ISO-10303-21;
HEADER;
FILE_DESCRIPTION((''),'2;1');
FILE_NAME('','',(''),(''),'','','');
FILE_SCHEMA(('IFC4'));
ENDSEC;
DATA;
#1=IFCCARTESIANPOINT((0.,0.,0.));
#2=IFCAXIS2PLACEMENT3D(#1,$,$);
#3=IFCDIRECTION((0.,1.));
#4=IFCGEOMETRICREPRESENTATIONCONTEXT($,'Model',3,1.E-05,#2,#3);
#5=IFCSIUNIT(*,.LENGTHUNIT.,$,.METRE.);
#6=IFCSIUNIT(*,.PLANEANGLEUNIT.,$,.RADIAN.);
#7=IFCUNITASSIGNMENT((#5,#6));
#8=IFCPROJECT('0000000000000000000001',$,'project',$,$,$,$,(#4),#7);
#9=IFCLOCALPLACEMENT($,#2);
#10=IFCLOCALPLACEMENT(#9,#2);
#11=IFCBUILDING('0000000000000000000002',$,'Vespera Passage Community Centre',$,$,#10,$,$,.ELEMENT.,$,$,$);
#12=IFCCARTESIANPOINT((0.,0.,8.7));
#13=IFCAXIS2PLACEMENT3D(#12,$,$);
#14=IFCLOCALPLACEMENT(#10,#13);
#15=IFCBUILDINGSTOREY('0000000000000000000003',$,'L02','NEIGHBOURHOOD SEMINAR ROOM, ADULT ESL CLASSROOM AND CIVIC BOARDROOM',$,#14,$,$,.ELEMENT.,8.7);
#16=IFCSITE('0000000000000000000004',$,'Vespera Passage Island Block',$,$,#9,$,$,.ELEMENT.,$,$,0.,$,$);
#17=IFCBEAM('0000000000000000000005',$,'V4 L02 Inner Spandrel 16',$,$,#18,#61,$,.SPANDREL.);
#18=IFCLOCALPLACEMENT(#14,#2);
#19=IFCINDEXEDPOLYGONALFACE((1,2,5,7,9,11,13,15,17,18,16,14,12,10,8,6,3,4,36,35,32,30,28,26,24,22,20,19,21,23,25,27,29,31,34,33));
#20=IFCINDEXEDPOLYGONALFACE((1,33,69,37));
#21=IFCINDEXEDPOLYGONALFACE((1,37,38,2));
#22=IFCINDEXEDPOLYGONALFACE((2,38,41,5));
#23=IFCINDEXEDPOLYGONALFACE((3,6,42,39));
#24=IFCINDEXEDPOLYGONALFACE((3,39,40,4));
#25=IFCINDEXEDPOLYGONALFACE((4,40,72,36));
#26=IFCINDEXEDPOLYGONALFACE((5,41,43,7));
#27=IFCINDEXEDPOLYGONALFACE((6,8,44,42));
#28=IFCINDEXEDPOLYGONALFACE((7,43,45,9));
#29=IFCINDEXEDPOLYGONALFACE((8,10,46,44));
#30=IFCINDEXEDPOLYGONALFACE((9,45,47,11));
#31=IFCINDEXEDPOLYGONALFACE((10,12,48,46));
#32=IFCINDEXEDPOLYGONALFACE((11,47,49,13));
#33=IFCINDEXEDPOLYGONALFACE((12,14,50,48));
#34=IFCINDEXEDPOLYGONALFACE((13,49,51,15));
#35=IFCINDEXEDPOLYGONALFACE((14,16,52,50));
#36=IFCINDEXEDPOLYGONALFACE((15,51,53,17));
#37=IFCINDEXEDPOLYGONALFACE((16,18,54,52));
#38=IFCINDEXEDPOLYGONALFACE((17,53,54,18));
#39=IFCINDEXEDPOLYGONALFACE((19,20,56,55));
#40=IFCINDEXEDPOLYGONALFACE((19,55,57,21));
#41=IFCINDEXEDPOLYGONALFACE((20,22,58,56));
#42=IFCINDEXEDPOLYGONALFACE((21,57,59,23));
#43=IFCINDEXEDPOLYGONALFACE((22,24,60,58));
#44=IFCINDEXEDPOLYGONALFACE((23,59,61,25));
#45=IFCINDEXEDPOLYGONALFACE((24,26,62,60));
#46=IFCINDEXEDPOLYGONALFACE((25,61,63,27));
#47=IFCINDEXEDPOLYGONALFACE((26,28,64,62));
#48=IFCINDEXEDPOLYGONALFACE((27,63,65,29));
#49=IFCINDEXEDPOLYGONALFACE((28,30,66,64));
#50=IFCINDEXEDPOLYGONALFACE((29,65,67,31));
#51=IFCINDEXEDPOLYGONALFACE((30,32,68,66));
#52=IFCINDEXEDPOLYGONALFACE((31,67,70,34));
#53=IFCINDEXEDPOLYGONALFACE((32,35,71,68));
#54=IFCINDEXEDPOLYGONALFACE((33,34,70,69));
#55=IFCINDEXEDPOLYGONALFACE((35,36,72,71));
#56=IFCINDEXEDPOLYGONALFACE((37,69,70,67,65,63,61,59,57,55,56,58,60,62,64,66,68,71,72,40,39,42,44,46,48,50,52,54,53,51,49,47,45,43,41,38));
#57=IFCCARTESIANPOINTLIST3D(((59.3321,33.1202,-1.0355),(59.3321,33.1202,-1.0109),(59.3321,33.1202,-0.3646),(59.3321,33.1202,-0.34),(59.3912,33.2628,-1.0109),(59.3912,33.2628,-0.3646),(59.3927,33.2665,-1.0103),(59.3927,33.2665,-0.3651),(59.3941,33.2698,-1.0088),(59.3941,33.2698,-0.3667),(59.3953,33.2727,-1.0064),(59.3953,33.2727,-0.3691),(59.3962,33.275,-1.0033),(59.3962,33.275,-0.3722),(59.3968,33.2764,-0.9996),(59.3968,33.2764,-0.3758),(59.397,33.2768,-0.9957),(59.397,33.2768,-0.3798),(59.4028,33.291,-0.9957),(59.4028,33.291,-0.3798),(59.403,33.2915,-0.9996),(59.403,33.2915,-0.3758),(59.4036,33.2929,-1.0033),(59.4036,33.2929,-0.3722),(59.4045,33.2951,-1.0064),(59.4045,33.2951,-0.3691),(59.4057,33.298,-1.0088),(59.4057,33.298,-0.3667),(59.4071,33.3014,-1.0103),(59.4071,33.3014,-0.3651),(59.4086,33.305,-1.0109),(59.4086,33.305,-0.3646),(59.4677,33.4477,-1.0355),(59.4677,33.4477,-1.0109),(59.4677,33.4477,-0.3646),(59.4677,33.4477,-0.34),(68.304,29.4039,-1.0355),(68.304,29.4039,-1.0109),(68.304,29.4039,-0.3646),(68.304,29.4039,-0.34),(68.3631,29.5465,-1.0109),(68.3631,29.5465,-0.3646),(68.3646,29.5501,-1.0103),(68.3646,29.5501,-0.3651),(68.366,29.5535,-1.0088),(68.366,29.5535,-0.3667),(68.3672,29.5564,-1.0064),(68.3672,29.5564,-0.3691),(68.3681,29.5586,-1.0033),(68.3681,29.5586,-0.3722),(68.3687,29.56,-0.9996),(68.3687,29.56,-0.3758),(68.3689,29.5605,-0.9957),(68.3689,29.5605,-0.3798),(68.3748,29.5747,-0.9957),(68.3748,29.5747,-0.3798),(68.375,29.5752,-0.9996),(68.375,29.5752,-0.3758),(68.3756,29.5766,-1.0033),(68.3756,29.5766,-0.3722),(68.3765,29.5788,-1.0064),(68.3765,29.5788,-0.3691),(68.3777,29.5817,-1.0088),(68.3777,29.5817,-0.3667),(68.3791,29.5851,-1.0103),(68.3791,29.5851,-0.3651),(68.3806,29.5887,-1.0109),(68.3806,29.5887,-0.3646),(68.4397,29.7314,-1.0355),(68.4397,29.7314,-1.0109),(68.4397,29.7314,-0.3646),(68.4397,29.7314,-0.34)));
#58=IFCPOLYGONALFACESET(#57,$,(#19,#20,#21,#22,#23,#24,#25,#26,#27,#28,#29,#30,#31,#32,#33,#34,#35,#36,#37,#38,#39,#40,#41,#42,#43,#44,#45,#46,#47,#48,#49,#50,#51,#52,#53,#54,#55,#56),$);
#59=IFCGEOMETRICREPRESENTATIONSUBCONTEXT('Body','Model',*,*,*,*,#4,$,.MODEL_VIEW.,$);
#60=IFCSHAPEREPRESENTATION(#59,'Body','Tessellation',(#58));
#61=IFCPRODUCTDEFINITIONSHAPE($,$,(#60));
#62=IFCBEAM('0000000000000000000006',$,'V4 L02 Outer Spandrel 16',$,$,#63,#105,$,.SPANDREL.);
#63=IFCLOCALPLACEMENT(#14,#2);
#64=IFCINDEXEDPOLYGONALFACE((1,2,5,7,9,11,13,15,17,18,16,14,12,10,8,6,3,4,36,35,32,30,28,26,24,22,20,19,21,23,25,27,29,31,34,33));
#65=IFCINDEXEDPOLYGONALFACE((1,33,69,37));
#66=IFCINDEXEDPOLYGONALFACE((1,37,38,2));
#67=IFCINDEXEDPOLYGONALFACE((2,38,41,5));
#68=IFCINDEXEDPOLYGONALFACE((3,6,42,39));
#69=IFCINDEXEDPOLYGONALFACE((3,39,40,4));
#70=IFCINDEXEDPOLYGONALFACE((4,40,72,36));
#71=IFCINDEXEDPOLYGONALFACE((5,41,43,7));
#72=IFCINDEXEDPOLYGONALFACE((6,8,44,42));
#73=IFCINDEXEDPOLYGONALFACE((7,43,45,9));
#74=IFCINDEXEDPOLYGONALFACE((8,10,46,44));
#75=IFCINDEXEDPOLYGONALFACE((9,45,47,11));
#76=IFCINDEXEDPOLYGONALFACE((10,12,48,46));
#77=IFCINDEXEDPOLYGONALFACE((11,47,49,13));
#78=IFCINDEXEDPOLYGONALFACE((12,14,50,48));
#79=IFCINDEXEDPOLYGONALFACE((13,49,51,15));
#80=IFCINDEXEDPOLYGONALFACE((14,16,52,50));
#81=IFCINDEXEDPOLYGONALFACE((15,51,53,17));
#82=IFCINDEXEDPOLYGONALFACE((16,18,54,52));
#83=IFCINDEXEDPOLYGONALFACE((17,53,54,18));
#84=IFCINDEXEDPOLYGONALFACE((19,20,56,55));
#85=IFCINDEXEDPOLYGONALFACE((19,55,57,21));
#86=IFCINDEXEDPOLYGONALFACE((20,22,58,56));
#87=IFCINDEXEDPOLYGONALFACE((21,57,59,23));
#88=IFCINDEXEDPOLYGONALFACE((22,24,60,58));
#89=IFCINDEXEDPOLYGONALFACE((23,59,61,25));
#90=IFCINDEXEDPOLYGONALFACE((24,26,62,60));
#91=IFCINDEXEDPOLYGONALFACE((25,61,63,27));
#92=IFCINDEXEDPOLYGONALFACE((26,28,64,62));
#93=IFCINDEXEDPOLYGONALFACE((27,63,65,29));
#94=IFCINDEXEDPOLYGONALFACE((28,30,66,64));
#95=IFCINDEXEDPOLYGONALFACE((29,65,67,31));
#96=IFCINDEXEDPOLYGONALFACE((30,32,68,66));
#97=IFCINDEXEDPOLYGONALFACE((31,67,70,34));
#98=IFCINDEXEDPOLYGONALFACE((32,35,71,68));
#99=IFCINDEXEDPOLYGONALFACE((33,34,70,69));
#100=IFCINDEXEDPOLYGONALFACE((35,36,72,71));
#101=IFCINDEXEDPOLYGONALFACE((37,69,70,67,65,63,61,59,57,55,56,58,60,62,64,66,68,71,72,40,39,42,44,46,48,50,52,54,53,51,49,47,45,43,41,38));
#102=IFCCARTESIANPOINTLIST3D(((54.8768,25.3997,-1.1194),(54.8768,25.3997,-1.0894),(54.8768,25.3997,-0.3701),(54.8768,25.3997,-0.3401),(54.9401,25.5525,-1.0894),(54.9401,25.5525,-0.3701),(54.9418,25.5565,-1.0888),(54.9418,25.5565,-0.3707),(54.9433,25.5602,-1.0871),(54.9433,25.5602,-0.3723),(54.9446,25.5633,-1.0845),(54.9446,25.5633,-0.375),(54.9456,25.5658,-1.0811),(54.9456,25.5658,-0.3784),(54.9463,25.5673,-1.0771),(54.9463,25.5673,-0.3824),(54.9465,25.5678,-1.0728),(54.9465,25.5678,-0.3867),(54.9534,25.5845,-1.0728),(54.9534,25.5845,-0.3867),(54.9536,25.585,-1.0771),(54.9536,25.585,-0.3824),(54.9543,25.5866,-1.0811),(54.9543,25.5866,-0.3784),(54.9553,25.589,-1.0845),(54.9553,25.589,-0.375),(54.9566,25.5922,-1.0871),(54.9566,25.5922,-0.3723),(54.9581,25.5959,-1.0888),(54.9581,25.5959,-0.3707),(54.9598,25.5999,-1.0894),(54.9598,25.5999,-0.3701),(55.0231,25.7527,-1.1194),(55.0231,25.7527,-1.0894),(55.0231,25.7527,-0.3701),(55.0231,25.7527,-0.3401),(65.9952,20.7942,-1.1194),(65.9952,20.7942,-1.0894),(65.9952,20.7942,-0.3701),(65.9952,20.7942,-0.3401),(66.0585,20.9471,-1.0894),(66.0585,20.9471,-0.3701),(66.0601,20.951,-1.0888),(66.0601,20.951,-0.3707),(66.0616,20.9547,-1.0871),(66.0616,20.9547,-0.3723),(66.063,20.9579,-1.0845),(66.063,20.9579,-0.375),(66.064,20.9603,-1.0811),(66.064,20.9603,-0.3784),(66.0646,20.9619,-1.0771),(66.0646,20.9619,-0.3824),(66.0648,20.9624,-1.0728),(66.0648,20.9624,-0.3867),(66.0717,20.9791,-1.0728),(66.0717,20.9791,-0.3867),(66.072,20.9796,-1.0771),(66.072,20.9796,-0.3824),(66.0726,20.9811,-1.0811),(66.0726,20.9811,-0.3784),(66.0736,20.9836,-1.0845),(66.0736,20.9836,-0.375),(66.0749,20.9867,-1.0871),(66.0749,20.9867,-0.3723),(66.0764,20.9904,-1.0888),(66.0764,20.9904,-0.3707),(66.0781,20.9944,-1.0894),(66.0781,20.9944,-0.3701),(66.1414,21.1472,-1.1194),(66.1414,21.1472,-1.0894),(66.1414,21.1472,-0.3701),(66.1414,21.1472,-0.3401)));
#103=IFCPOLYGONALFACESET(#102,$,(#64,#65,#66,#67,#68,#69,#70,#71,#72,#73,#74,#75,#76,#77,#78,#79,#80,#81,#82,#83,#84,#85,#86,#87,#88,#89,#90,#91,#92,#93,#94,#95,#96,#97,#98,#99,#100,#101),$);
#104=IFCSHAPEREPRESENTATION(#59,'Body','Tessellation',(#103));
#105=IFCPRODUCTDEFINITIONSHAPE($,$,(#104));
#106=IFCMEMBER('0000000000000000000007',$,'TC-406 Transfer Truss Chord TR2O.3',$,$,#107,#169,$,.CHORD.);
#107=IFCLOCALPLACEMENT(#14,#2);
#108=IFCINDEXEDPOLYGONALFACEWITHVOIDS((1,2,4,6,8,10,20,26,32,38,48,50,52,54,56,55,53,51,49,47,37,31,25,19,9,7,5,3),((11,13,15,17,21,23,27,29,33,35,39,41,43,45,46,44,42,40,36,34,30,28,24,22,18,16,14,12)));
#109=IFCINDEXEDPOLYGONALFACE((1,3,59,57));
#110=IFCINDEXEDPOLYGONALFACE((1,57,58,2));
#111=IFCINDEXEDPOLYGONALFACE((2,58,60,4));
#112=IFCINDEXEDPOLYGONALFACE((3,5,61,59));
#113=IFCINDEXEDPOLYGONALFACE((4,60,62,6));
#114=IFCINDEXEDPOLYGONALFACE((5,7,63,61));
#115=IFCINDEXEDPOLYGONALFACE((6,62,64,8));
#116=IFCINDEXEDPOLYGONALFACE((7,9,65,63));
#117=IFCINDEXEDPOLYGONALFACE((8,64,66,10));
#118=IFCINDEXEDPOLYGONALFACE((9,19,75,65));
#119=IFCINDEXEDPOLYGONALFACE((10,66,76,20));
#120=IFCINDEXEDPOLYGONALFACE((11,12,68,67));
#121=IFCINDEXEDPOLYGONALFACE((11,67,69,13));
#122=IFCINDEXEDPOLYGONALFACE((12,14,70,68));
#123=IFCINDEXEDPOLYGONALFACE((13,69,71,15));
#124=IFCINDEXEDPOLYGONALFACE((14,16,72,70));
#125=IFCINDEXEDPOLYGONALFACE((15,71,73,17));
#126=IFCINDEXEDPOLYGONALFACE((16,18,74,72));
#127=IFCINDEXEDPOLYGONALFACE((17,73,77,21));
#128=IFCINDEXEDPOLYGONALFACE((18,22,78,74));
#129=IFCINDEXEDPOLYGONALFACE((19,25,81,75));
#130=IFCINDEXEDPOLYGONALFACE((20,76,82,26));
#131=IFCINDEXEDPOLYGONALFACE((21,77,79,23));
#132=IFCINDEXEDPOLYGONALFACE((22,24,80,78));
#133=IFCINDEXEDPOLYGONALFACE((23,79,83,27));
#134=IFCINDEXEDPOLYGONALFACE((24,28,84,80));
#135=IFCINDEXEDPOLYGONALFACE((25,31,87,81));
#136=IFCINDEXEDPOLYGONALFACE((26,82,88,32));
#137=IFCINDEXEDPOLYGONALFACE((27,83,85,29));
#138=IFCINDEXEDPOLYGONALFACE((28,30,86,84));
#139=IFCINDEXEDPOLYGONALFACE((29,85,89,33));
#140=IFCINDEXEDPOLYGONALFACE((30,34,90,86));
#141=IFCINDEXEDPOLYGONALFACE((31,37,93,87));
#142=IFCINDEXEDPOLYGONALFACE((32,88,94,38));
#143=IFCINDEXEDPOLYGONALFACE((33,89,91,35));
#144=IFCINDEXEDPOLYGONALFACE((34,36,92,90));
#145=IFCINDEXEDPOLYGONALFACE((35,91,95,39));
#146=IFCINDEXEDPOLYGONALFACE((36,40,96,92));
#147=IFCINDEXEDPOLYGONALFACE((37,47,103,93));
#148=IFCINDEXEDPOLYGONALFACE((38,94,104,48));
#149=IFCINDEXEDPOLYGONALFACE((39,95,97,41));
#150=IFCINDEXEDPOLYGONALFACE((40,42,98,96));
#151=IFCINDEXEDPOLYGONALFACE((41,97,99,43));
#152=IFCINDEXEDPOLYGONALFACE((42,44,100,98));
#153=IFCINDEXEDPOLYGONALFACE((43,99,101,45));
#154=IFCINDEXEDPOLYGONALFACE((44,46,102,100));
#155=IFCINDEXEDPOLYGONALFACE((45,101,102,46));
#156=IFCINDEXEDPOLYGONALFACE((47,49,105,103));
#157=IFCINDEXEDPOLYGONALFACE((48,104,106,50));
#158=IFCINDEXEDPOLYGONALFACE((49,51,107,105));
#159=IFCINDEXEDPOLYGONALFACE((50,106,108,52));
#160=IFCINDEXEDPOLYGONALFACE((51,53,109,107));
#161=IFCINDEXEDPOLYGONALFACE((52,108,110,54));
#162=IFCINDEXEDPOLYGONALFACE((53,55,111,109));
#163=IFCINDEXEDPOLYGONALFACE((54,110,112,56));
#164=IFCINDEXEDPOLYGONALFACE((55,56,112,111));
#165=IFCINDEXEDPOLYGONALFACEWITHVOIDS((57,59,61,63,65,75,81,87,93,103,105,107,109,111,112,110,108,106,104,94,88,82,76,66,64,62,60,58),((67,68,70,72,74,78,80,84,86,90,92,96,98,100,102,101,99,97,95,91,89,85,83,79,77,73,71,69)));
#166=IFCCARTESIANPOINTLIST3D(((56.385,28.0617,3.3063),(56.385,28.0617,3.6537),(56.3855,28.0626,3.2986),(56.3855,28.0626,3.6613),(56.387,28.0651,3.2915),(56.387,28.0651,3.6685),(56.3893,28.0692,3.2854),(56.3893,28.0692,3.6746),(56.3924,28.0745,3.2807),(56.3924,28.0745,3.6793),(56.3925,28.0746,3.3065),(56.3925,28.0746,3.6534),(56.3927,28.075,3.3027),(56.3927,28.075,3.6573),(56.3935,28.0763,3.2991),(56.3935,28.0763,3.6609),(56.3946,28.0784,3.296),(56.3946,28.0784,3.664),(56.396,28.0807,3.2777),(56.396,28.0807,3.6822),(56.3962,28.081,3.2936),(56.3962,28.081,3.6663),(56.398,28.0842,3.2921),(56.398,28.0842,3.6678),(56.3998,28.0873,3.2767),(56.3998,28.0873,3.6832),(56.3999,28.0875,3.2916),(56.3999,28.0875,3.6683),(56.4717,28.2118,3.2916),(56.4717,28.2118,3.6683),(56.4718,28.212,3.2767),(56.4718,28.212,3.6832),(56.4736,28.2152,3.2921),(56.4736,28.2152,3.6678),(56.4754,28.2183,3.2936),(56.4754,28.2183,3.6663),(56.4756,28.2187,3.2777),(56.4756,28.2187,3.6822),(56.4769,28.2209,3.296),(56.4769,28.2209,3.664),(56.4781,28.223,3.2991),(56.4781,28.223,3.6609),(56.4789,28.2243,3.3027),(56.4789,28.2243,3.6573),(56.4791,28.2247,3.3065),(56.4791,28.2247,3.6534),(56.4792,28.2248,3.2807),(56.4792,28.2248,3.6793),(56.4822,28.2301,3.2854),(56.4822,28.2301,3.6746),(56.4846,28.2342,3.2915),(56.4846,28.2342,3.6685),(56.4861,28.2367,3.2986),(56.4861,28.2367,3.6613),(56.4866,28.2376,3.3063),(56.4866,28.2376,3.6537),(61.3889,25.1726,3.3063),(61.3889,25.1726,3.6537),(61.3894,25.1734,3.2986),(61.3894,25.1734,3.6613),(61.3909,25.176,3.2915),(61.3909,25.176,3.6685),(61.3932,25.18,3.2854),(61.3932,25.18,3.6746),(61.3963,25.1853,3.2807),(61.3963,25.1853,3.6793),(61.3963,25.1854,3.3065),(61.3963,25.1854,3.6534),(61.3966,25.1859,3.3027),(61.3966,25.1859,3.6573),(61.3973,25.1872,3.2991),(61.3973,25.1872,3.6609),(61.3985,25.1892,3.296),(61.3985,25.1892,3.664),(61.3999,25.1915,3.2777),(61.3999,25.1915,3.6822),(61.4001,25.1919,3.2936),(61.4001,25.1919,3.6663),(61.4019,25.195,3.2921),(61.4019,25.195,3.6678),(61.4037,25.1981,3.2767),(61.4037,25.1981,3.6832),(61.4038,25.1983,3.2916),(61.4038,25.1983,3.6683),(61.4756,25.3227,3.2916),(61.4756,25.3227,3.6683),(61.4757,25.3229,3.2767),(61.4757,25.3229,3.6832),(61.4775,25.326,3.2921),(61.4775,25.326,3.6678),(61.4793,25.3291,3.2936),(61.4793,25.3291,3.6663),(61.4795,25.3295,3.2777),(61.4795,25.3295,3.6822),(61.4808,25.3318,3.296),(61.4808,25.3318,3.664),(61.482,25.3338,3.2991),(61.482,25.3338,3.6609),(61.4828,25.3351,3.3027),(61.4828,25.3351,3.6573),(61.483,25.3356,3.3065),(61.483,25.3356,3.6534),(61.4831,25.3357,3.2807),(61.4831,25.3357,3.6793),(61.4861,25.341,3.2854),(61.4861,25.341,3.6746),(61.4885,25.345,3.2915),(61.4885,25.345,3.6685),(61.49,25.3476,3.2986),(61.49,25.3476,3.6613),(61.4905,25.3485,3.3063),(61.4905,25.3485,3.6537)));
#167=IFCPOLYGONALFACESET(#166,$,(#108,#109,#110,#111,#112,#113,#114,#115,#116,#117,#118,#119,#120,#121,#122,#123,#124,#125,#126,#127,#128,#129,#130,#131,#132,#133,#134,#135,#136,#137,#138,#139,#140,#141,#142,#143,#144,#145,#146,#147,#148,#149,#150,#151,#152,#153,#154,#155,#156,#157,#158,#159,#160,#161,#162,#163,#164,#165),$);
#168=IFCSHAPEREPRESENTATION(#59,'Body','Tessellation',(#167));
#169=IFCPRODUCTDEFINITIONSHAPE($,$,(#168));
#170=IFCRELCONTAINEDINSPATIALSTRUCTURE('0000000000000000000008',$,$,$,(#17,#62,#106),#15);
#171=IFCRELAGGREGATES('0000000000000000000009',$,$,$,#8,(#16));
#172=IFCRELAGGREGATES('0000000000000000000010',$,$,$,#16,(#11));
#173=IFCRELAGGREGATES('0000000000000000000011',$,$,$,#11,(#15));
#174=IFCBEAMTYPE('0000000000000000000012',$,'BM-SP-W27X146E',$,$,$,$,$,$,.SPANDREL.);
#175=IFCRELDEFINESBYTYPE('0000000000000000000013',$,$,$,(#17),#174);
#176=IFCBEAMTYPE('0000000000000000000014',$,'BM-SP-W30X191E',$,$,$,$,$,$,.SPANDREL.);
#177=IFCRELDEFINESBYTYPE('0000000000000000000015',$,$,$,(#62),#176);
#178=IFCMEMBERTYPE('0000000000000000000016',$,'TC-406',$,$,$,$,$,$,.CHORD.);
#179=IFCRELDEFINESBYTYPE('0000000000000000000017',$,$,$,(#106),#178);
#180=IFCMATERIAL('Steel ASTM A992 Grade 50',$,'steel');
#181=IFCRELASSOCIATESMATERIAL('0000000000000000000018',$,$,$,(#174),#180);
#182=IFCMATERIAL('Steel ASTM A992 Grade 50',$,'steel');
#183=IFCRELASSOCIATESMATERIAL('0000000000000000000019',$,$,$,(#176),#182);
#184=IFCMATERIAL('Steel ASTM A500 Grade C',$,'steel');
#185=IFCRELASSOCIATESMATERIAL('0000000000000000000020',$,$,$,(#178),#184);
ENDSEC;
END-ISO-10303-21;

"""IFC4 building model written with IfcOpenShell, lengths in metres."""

from ifc_helpers import new_model, si_unit, direction, frame, origin, origin_2d, place, context, subcontext, project, spatial, hollow_rectangle, i_section, extrude, material, material_profile, profile_set, type_object, element, save


model = new_model("IFC4")

# Units and contexts
model_context = context("Model", 3, precision=1e-05, world=origin(), true_north=direction((0.0, 1.0)))
body_context = subcontext(model_context, "Body", "Model", "MODEL_VIEW")
ifc_project = project(units=[si_unit("LENGTHUNIT", "METRE"), si_unit("PLANEANGLEUNIT", "RADIAN")], contexts=[model_context])

# Site, building, storey
site_placement = place(None, origin())
site = spatial("IfcSite", under=ifc_project, at=site_placement, Name="Vespera Passage Island Block", CompositionType="ELEMENT", RefElevation=0.0)
building_placement = place(site_placement, origin())
building = spatial("IfcBuilding", under=site, at=building_placement, Name="Vespera Passage Community Centre", CompositionType="ELEMENT")
storey_placement = place(building_placement, frame((0.0, 0.0, 8.7)))
storey = spatial("IfcBuildingStorey", under=building, at=storey_placement, Name="L02", Description="NEIGHBOURHOOD SEMINAR ROOM, ADULT ESL CLASSROOM AND CIVIC BOARDROOM", CompositionType="ELEMENT", Elevation=8.7)

# Beams
ifc_material_1 = material(Name="Steel ASTM A992 Grade 50", Category="steel")
ifc_material_profile_1 = material_profile(ifc_material_1, i_section(OverallWidth=0.3545, OverallDepth=0.6956, WebThickness=0.0154, FlangeThickness=0.0247, FilletRadius=0.0151, at=origin_2d()), Name="W27X146")
ifc_profile_set_1 = profile_set([ifc_material_profile_1], Name="Steel ASTM A992 Grade 50")
beam_type_1 = type_object("IfcBeamType", Name="BM-SP-W27X146E", PredefinedType="SPANDREL", material=ifc_profile_set_1)
beam_1_placement = place(storey_placement, frame((59.3999, 33.2839, -0.6877), z_axis=(0.923879, -0.382685, 0.0), x_axis=(0.382685, 0.923879, 0.0)))
element("IfcBeam", 1, at=beam_1_placement, inside=storey, type_object=beam_type_1, Name="V4 L02 Inner Spandrel 16", PredefinedType="SPANDREL", context=body_context, shape_type="SweptSolid", body=[
    extrude(i_section(OverallWidth=0.3545, OverallDepth=0.6956, WebThickness=0.0154, FlangeThickness=0.0247, FilletRadius=0.0151, at=origin_2d()), origin(), (0.0, 0.0, 1.0), 9.7112),
])
ifc_material_2 = material(Name="Steel ASTM A992 Grade 50", Category="steel")
ifc_material_profile_2 = material_profile(ifc_material_2, i_section(OverallWidth=0.3821, OverallDepth=0.7793, WebThickness=0.0181, FlangeThickness=0.03, FilletRadius=0.0166, at=origin_2d()), Name="W30X191")
ifc_profile_set_2 = profile_set([ifc_material_profile_2], Name="Steel ASTM A992 Grade 50")
beam_type_2 = type_object("IfcBeamType", Name="BM-SP-W30X191E", PredefinedType="SPANDREL", material=ifc_profile_set_2)
beam_2_placement = place(storey_placement, frame((54.95, 25.5762, -0.7297), z_axis=(0.923877, -0.382689, 0.0), x_axis=(0.382689, 0.923877, 0.0)))
element("IfcBeam", 2, at=beam_2_placement, inside=storey, type_object=beam_type_2, Name="V4 L02 Outer Spandrel 16", PredefinedType="SPANDREL", context=body_context, shape_type="SweptSolid", body=[
    extrude(i_section(OverallWidth=0.3821, OverallDepth=0.7793, WebThickness=0.0181, FlangeThickness=0.03, FilletRadius=0.0166, at=origin_2d()), origin(), (0.0, 0.0, 1.0), 12.0344),
])

# Member
ifc_material_3 = material(Name="Steel ASTM A500 Grade C", Category="steel")
ifc_material_profile_3 = material_profile(ifc_material_3, hollow_rectangle(XDim=0.2031, YDim=0.4065, WallThickness=0.0149, InnerFilletRadius=0.0149, OuterFilletRadius=0.0295, at=origin_2d()), Name="HSS406X203X15.9")
ifc_profile_set_3 = profile_set([ifc_material_profile_3], Name="Steel ASTM A500 Grade C")
member_type_1 = type_object("IfcMemberType", Name="TC-406", PredefinedType="CHORD", material=ifc_profile_set_3)
member_1_placement = place(storey_placement, frame((56.4358, 28.1497, 3.48), z_axis=(0.866014, -0.50002, 0.0), x_axis=(0.50002, 0.866014, 0.0)))
element("IfcMember", 3, at=member_1_placement, inside=storey, type_object=member_type_1, Name="TC-406 Transfer Truss Chord TR2O.3", PredefinedType="CHORD", context=body_context, shape_type="SweptSolid", body=[
    extrude(hollow_rectangle(XDim=0.2031, YDim=0.4065, WallThickness=0.0149, InnerFilletRadius=0.0149, OuterFilletRadius=0.0295, at=origin_2d()), origin(), (0.0, 0.0, 1.0), 5.7781),
])

save(model, "model.ifc")
